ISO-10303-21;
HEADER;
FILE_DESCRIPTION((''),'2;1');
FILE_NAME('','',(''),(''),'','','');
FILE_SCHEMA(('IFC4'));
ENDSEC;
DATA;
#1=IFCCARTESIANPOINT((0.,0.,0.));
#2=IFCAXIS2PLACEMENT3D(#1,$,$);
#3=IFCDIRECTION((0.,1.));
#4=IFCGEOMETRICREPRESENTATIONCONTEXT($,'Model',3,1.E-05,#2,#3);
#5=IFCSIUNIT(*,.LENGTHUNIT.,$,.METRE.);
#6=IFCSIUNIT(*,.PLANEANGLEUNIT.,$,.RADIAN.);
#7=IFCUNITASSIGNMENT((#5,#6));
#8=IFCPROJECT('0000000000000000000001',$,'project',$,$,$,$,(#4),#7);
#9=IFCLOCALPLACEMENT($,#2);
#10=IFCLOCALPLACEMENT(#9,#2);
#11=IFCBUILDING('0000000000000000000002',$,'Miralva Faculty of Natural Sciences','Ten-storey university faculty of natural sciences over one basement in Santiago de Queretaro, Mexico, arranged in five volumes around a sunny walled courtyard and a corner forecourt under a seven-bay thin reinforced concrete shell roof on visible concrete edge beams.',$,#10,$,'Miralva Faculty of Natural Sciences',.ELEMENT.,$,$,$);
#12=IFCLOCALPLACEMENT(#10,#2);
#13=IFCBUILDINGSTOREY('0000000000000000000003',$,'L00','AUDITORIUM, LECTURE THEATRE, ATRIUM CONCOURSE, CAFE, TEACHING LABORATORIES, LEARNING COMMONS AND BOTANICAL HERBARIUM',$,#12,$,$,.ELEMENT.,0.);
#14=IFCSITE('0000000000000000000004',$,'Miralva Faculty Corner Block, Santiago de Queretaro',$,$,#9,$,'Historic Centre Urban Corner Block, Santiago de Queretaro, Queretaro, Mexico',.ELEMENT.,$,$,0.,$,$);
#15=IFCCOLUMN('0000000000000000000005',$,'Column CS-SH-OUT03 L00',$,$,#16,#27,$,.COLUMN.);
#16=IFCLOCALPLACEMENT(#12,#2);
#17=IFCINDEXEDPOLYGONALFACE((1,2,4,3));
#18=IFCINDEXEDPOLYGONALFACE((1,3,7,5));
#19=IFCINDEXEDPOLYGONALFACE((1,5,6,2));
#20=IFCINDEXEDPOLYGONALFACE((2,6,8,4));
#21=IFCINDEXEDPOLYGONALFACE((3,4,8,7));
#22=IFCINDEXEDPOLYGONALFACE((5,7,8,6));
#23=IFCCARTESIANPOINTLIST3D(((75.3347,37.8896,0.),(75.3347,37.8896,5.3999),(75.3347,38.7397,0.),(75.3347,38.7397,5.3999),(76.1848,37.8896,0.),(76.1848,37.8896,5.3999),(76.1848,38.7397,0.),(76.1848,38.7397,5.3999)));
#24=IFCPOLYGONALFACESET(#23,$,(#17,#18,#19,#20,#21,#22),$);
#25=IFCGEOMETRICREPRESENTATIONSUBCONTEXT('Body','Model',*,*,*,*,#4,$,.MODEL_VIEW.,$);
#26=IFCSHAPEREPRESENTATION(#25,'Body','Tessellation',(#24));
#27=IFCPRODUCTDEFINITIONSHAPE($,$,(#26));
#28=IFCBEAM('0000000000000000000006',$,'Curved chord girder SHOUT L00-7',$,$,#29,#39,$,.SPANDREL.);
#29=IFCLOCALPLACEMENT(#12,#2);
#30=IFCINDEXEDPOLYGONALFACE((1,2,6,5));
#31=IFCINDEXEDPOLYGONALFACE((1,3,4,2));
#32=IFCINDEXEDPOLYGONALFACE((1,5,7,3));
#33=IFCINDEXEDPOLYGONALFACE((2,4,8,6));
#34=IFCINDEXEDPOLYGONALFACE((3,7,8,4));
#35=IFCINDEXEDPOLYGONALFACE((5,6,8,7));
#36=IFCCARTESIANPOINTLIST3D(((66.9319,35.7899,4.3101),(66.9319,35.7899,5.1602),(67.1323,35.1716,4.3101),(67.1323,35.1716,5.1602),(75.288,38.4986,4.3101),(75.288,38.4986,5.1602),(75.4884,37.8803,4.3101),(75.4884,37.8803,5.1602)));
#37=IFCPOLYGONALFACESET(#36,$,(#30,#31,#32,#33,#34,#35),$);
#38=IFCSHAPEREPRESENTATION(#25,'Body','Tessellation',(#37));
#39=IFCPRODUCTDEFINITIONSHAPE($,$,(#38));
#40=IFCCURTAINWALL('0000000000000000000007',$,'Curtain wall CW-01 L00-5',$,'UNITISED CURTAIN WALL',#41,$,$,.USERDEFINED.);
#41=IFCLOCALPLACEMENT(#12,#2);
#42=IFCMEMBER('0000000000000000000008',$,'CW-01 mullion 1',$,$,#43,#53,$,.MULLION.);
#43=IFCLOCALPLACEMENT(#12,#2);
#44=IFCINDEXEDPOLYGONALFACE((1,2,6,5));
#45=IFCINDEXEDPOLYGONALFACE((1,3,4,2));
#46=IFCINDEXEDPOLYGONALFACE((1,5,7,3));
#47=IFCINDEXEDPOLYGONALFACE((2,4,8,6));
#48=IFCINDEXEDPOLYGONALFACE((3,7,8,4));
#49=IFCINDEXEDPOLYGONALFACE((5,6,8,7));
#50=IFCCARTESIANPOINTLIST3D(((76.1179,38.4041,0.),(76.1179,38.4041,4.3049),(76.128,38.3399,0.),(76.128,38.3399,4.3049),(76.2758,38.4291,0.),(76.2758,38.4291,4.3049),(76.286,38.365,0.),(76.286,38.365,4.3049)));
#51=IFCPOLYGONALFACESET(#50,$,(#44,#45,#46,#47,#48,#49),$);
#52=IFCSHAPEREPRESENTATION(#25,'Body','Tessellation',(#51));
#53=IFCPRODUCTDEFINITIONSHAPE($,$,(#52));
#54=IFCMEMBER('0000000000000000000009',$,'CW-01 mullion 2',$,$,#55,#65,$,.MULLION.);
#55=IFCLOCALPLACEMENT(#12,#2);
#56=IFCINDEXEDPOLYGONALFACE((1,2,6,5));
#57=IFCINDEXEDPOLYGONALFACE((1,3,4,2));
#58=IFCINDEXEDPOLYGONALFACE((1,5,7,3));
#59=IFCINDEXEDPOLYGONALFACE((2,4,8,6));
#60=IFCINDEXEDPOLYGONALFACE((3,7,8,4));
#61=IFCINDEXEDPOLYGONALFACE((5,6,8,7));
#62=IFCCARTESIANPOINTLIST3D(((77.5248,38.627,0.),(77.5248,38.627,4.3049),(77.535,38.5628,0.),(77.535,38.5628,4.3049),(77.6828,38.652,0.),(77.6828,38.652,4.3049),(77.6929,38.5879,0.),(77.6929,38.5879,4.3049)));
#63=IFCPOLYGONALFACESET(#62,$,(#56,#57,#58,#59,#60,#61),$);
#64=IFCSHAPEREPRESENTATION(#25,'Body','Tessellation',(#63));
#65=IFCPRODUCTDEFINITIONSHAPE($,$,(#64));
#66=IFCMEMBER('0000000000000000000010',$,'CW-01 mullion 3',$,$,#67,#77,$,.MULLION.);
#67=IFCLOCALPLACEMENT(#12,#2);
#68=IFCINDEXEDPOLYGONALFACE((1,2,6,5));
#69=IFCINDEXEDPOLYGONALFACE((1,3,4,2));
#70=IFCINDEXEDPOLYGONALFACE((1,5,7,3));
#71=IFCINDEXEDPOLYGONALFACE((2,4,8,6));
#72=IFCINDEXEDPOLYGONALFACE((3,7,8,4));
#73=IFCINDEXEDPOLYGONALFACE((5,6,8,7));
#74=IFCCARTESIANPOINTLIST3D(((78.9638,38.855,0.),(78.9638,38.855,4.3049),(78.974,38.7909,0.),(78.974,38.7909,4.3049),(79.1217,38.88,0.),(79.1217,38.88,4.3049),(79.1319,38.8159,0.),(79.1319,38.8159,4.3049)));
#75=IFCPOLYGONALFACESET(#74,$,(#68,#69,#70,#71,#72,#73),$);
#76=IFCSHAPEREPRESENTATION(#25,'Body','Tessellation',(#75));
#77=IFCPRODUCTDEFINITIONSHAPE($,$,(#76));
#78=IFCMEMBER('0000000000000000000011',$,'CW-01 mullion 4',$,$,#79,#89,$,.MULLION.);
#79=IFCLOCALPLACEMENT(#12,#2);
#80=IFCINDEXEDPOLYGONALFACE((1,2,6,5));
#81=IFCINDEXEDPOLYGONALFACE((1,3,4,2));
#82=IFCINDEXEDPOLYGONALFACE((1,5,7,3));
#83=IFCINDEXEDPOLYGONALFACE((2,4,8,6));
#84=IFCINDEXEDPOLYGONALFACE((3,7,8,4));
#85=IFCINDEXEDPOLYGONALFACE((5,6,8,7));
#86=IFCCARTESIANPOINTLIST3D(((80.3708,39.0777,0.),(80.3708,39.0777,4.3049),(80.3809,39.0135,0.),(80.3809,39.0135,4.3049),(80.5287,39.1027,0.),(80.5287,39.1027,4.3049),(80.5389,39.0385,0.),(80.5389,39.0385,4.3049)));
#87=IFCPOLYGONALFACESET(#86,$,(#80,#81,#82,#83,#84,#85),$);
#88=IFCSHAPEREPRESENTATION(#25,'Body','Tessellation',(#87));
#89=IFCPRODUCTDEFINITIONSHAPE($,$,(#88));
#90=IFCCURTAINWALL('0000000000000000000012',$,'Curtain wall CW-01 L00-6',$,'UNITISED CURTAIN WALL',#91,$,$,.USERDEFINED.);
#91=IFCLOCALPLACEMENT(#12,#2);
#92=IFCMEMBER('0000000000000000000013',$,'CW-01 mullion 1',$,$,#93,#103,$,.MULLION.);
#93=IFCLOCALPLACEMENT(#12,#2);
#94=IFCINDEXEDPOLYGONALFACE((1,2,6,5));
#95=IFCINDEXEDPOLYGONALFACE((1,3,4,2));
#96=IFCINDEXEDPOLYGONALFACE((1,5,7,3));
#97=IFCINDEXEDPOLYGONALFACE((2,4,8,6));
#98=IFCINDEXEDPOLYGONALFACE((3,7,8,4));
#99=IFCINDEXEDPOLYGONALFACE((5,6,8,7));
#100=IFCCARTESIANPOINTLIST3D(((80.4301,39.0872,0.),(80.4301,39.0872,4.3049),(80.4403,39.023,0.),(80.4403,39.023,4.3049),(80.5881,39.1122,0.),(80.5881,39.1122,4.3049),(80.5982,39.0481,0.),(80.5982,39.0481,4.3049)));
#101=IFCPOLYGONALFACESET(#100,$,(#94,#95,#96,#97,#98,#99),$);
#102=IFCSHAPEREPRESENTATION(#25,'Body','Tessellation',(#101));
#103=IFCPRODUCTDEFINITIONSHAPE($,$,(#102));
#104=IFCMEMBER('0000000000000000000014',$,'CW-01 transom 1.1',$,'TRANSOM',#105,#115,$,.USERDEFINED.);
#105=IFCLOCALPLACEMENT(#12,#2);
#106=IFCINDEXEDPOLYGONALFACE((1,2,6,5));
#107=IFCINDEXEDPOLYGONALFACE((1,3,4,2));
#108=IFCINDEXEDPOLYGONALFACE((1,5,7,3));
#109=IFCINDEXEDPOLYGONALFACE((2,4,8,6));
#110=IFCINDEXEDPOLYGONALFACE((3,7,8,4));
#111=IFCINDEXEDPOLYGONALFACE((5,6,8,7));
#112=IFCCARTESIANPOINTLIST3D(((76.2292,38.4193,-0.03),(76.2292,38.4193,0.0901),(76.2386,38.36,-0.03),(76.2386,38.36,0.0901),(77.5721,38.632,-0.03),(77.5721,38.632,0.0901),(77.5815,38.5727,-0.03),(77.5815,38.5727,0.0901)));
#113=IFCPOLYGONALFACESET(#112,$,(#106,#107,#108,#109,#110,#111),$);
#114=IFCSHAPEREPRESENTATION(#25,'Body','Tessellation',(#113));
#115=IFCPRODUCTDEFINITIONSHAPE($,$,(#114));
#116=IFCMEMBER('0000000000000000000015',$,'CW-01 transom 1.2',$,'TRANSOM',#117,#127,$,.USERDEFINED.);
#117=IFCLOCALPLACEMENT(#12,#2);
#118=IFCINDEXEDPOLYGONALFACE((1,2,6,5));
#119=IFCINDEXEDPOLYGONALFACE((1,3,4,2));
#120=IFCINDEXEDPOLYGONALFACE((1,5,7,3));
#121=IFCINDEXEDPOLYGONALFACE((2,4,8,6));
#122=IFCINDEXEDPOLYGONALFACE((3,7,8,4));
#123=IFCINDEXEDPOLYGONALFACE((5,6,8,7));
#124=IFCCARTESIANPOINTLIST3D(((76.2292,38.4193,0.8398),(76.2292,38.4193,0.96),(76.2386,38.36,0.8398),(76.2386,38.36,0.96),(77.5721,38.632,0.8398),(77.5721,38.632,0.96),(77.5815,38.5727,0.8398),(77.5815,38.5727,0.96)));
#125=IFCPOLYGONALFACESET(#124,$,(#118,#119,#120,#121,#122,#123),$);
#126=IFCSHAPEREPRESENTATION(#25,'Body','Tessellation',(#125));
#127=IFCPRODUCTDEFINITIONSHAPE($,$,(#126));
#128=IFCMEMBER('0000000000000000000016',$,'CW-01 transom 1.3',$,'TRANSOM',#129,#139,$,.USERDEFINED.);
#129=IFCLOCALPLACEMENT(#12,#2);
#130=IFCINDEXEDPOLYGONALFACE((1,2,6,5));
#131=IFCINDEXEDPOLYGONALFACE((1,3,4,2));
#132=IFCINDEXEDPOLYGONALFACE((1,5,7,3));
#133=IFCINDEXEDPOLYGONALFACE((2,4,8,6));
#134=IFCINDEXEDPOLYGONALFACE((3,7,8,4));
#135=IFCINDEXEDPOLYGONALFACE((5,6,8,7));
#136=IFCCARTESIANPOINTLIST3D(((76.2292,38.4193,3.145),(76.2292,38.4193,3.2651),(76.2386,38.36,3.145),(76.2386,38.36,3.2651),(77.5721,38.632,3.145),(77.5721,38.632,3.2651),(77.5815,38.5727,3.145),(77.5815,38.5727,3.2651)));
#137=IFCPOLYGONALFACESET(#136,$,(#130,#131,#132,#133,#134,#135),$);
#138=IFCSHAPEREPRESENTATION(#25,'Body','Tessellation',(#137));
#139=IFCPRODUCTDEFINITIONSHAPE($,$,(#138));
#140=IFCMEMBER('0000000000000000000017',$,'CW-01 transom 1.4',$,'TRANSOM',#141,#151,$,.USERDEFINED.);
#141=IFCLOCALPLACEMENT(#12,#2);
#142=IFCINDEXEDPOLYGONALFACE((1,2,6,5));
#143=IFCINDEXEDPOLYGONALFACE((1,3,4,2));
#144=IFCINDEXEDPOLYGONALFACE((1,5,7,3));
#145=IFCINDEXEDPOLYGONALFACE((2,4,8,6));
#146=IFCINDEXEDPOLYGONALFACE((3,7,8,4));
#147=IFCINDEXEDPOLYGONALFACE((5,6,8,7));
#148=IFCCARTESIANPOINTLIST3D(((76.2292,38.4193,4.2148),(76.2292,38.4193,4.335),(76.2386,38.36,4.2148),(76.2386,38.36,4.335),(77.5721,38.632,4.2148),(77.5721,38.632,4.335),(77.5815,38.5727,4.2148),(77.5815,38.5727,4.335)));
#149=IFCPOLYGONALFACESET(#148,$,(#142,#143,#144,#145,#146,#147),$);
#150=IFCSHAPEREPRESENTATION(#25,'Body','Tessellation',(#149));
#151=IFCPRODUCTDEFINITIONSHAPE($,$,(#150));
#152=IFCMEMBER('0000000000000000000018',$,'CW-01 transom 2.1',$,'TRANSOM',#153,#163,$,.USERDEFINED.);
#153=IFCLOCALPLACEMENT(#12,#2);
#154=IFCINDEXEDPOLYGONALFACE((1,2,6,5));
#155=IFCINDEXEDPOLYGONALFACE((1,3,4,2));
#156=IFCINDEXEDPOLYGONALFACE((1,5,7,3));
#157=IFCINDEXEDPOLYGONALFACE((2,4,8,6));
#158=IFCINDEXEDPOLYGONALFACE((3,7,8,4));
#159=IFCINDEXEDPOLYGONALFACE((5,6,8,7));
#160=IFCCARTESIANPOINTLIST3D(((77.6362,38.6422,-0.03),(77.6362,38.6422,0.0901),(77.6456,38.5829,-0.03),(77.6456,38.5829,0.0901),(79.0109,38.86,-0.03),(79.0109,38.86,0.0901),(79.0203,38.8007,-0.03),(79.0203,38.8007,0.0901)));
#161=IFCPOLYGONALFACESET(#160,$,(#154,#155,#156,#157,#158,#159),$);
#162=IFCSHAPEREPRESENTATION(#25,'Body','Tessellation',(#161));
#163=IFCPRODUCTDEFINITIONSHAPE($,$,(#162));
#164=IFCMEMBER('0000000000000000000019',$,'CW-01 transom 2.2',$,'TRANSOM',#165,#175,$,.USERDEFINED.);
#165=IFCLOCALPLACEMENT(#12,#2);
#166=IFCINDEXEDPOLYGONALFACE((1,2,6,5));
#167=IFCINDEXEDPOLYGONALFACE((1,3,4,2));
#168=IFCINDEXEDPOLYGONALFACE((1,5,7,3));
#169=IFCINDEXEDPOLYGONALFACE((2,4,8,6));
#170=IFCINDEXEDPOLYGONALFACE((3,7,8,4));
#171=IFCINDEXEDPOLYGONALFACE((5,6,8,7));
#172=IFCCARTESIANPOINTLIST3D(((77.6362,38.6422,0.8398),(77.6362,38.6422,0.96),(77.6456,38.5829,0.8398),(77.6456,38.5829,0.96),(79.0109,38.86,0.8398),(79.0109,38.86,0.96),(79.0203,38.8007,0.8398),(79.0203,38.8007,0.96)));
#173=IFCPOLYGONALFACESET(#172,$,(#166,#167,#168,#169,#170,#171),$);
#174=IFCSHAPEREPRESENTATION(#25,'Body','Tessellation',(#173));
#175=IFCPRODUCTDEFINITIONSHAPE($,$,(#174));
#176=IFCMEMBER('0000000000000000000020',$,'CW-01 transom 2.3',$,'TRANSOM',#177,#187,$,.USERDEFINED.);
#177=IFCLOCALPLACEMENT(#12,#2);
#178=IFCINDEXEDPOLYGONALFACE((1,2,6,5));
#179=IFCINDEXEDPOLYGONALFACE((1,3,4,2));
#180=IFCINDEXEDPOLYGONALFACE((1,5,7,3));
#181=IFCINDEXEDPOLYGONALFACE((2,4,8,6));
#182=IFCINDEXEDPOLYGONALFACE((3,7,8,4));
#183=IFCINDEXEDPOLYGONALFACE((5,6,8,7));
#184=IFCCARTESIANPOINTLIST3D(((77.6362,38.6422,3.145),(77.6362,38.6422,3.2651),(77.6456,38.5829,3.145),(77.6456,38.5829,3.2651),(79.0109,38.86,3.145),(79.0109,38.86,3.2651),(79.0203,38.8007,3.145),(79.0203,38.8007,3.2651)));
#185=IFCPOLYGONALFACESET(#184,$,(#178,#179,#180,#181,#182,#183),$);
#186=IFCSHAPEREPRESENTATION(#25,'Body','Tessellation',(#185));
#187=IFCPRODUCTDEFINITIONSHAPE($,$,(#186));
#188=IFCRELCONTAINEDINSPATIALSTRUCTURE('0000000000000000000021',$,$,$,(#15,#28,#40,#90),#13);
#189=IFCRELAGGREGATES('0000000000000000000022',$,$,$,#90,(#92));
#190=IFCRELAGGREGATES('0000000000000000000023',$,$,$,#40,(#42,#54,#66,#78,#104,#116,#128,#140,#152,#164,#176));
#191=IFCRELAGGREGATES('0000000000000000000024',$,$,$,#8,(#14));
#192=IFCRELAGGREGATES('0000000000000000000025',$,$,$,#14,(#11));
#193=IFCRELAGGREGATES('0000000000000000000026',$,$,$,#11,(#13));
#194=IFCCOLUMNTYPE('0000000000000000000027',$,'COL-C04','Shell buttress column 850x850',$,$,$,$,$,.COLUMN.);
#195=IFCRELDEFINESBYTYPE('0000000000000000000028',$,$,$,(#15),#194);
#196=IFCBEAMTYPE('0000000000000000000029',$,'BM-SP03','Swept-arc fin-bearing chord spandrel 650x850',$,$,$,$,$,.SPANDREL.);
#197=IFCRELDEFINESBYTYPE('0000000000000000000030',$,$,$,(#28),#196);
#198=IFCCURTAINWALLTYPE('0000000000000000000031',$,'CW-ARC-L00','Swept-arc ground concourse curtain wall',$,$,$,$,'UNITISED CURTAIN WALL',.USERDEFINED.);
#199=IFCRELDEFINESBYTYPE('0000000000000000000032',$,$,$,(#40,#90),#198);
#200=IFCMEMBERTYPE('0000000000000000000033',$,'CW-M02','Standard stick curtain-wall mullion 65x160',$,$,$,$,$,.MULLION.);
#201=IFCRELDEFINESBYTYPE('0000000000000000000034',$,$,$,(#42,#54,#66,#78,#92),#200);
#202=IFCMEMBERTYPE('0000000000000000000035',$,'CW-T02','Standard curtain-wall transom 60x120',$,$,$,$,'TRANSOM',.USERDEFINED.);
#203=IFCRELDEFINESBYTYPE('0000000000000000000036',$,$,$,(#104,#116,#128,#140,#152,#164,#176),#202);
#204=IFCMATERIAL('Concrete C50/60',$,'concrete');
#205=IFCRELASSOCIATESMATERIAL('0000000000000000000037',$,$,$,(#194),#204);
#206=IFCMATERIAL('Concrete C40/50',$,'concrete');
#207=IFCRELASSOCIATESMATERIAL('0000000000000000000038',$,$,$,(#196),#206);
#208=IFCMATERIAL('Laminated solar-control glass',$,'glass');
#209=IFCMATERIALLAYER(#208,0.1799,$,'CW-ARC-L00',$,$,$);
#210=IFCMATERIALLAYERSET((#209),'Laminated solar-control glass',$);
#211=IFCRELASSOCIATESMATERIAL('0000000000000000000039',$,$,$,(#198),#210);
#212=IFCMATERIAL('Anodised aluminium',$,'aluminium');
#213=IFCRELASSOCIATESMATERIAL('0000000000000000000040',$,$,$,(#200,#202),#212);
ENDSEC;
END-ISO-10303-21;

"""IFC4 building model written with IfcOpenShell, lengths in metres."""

from ifc_helpers import new_model, si_unit, direction, frame, origin, origin_2d, place, context, subcontext, project, spatial, rectangle, extrude, material, layer, layer_set, material_profile, profile_set, type_object, element, aggregate, save


model = new_model("IFC4")

# Units and contexts
model_context = context("Model", 3, precision=1e-05, world=origin(), true_north=direction((0.0, 1.0)))
body_context = subcontext(model_context, "Body", "Model", "MODEL_VIEW")
ifc_project = project(units=[si_unit("LENGTHUNIT", "METRE"), si_unit("PLANEANGLEUNIT", "RADIAN")], contexts=[model_context])

# Site, building, storey
site_placement = place(None, origin())
site = spatial("IfcSite", under=ifc_project, at=site_placement, Name="Miralva Faculty Corner Block, Santiago de Queretaro", LongName="Historic Centre Urban Corner Block, Santiago de Queretaro, Queretaro, Mexico", CompositionType="ELEMENT", RefElevation=0.0)
building_placement = place(site_placement, origin())
building = spatial("IfcBuilding", under=site, at=building_placement, Name="Miralva Faculty of Natural Sciences", Description="Ten-storey university faculty of natural sciences over one basement in Santiago de Queretaro, Mexico, arranged in five volumes around a sunny walled courtyard and a corner forecourt under a seven-bay thin reinforced concrete shell roof on visible concrete edge beams.", LongName="Miralva Faculty of Natural Sciences", CompositionType="ELEMENT")
storey_placement = place(building_placement, origin())
storey = spatial("IfcBuildingStorey", under=building, at=storey_placement, Name="L00", Description="AUDITORIUM, LECTURE THEATRE, ATRIUM CONCOURSE, CAFE, TEACHING LABORATORIES, LEARNING COMMONS AND BOTANICAL HERBARIUM", CompositionType="ELEMENT", Elevation=0.0)

# Column
ifc_material_1 = material(Name="Concrete C50/60", Category="concrete")
ifc_material_profile_1 = material_profile(ifc_material_1, rectangle(XDim=0.8501, YDim=0.8501, at=origin_2d()), Name="RC 850x850")
ifc_profile_set_1 = profile_set([ifc_material_profile_1], Name="Concrete C50/60")
column_type = type_object("IfcColumnType", Name="COL-C04", Description="Shell buttress column 850x850", PredefinedType="COLUMN", material=ifc_profile_set_1)
column_placement = place(storey_placement, frame((75.7598, 38.3147, 0.0), z_axis=(0.0, 0.0, 1.0), x_axis=(1.0, 0.0, 0.0)))
element("IfcColumn", 1, at=column_placement, inside=storey, type_object=column_type, Name="Column CS-SH-OUT03 L00", PredefinedType="COLUMN", context=body_context, shape_type="SweptSolid", body=[
    extrude(rectangle(XDim=0.8501, YDim=0.8501, at=origin_2d()), origin(), (0.0, 0.0, 1.0), 5.3999),
])

# Beam
ifc_material_2 = material(Name="Concrete C40/50", Category="concrete")
ifc_material_profile_2 = material_profile(ifc_material_2, rectangle(XDim=0.6499, YDim=0.8501, at=origin_2d()), Name="RC 650x850")
ifc_profile_set_2 = profile_set([ifc_material_profile_2], Name="Concrete C40/50")
beam_type = type_object("IfcBeamType", Name="BM-SP03", Description="Swept-arc fin-bearing chord spandrel 650x850", PredefinedType="SPANDREL", material=ifc_profile_set_2)
beam_placement = place(storey_placement, frame((75.3882, 38.1895, 4.7351), z_axis=(-0.951269, -0.308363, 0.0), x_axis=(0.308363, -0.951269, 0.0)))
element("IfcBeam", 2, at=beam_placement, inside=storey, type_object=beam_type, Name="Curved chord girder SHOUT L00-7", PredefinedType="SPANDREL", context=body_context, shape_type="SweptSolid", body=[
    extrude(rectangle(XDim=0.6499, YDim=0.8501, at=origin_2d()), origin(), (0.0, 0.0, 1.0), 8.7842),
])

# Curtain wall, members
ifc_material_3 = material(Name="Laminated solar-control glass", Category="glass")
ifc_layer_1 = layer(ifc_material_3, 0.1799, Name="CW-ARC-L00")
ifc_layer_set_1 = layer_set([ifc_layer_1], Name="Laminated solar-control glass")
curtain_wall_type = type_object("IfcCurtainWallType", Name="CW-ARC-L00", Description="Swept-arc ground concourse curtain wall", ElementType="UNITISED CURTAIN WALL", PredefinedType="USERDEFINED", material=ifc_layer_set_1)
curtain_wall_1_placement = place(storey_placement, origin())
curtain_wall_1 = element("IfcCurtainWall", 3, at=curtain_wall_1_placement, inside=storey, type_object=curtain_wall_type, Name="Curtain wall CW-01 L00-5", ObjectType="UNITISED CURTAIN WALL", PredefinedType="USERDEFINED")
ifc_material_4 = material(Name="Anodised aluminium", Category="aluminium")
ifc_material_profile_3 = material_profile(ifc_material_4, rectangle(XDim=0.0649, YDim=0.1599, at=origin_2d()), Name="MULLION 65x160")
ifc_profile_set_3 = profile_set([ifc_material_profile_3], Name="Anodised aluminium")
member_type_1 = type_object("IfcMemberType", Name="CW-M02", Description="Standard stick curtain-wall mullion 65x160", PredefinedType="MULLION", material=ifc_profile_set_3)
member_1_placement = place(storey_placement, frame((76.2019, 38.3845, 0.0), z_axis=(0.0, 0.0, 1.0), x_axis=(-0.15644, 0.987688, 0.0)))
member_1 = element("IfcMember", 4, at=member_1_placement, type_object=member_type_1, Name="CW-01 mullion 1", PredefinedType="MULLION", context=body_context, shape_type="SweptSolid", body=[
    extrude(rectangle(XDim=0.0649, YDim=0.1599, at=origin_2d()), origin(), (0.0, 0.0, 1.0), 4.3049),
])
member_2_placement = place(storey_placement, frame((77.6089, 38.6074, 0.0), z_axis=(0.0, 0.0, 1.0), x_axis=(-0.15644, 0.987688, 0.0)))
member_2 = element("IfcMember", 5, at=member_2_placement, type_object=member_type_1, Name="CW-01 mullion 2", PredefinedType="MULLION", context=body_context, shape_type="SweptSolid", body=[
    extrude(rectangle(XDim=0.0649, YDim=0.1599, at=origin_2d()), origin(), (0.0, 0.0, 1.0), 4.3049),
])
member_3_placement = place(storey_placement, frame((79.0479, 38.8354, 0.0), z_axis=(0.0, 0.0, 1.0), x_axis=(-0.15644, 0.987688, 0.0)))
member_3 = element("IfcMember", 6, at=member_3_placement, type_object=member_type_1, Name="CW-01 mullion 3", PredefinedType="MULLION", context=body_context, shape_type="SweptSolid", body=[
    extrude(rectangle(XDim=0.0649, YDim=0.1599, at=origin_2d()), origin(), (0.0, 0.0, 1.0), 4.3049),
])
member_4_placement = place(storey_placement, frame((80.4548, 39.0581, 0.0), z_axis=(0.0, 0.0, 1.0), x_axis=(-0.15644, 0.987688, 0.0)))
member_4 = element("IfcMember", 7, at=member_4_placement, type_object=member_type_1, Name="CW-01 mullion 4", PredefinedType="MULLION", context=body_context, shape_type="SweptSolid", body=[
    extrude(rectangle(XDim=0.0649, YDim=0.1599, at=origin_2d()), origin(), (0.0, 0.0, 1.0), 4.3049),
])

# Curtain wall, member
curtain_wall_2_placement = place(storey_placement, origin())
curtain_wall_2 = element("IfcCurtainWall", 8, at=curtain_wall_2_placement, inside=storey, type_object=curtain_wall_type, Name="Curtain wall CW-01 L00-6", ObjectType="UNITISED CURTAIN WALL", PredefinedType="USERDEFINED")
member_5_placement = place(storey_placement, frame((80.5142, 39.0676, 0.0), z_axis=(0.0, 0.0, 1.0), x_axis=(-0.156423, 0.98769, 0.0)))
member_5 = element("IfcMember", 9, at=member_5_placement, type_object=member_type_1, Name="CW-01 mullion 1", PredefinedType="MULLION", context=body_context, shape_type="SweptSolid", body=[
    extrude(rectangle(XDim=0.0649, YDim=0.1599, at=origin_2d()), origin(), (0.0, 0.0, 1.0), 4.3049),
])

# Members
ifc_material_profile_4 = material_profile(ifc_material_4, rectangle(XDim=0.0601, YDim=0.1201, at=origin_2d()), Name="TRANSOM 60x120")
ifc_profile_set_4 = profile_set([ifc_material_profile_4], Name="Anodised aluminium")
member_type_2 = type_object("IfcMemberType", Name="CW-T02", Description="Standard curtain-wall transom 60x120", ElementType="TRANSOM", PredefinedType="USERDEFINED", material=ifc_profile_set_4)
member_6_placement = place(storey_placement, frame((76.2339, 38.3896, 0.03), z_axis=(0.987692, 0.156414, 0.0), x_axis=(-0.156414, 0.987692, 0.0)))
member_6 = element("IfcMember", 10, at=member_6_placement, type_object=member_type_2, Name="CW-01 transom 1.1", ObjectType="TRANSOM", PredefinedType="USERDEFINED", context=body_context, shape_type="SweptSolid", body=[
    extrude(rectangle(XDim=0.0601, YDim=0.1201, at=origin_2d()), origin(), (0.0, 0.0, 1.0), 1.3596),
])
member_7_placement = place(storey_placement, frame((76.2339, 38.3896, 0.8999), z_axis=(0.987692, 0.156414, 0.0), x_axis=(-0.156414, 0.987692, 0.0)))
member_7 = element("IfcMember", 11, at=member_7_placement, type_object=member_type_2, Name="CW-01 transom 1.2", ObjectType="TRANSOM", PredefinedType="USERDEFINED", context=body_context, shape_type="SweptSolid", body=[
    extrude(rectangle(XDim=0.0601, YDim=0.1201, at=origin_2d()), origin(), (0.0, 0.0, 1.0), 1.3596),
])
member_8_placement = place(storey_placement, frame((76.2339, 38.3896, 3.2051), z_axis=(0.987692, 0.156414, 0.0), x_axis=(-0.156414, 0.987692, 0.0)))
member_8 = element("IfcMember", 12, at=member_8_placement, type_object=member_type_2, Name="CW-01 transom 1.3", ObjectType="TRANSOM", PredefinedType="USERDEFINED", context=body_context, shape_type="SweptSolid", body=[
    extrude(rectangle(XDim=0.0601, YDim=0.1201, at=origin_2d()), origin(), (0.0, 0.0, 1.0), 1.3596),
])
member_9_placement = place(storey_placement, frame((76.2339, 38.3896, 4.2749), z_axis=(0.987692, 0.156414, 0.0), x_axis=(-0.156414, 0.987692, 0.0)))
member_9 = element("IfcMember", 13, at=member_9_placement, type_object=member_type_2, Name="CW-01 transom 1.4", ObjectType="TRANSOM", PredefinedType="USERDEFINED", context=body_context, shape_type="SweptSolid", body=[
    extrude(rectangle(XDim=0.0601, YDim=0.1201, at=origin_2d()), origin(), (0.0, 0.0, 1.0), 1.3596),
])
member_10_placement = place(storey_placement, frame((77.6409, 38.6125, 0.03), z_axis=(0.987685, 0.156458, 0.0), x_axis=(-0.156458, 0.987685, 0.0)))
member_10 = element("IfcMember", 14, at=member_10_placement, type_object=member_type_2, Name="CW-01 transom 2.1", ObjectType="TRANSOM", PredefinedType="USERDEFINED", context=body_context, shape_type="SweptSolid", body=[
    extrude(rectangle(XDim=0.0601, YDim=0.1201, at=origin_2d()), origin(), (0.0, 0.0, 1.0), 1.3918),
])
member_11_placement = place(storey_placement, frame((77.6409, 38.6125, 0.8999), z_axis=(0.987685, 0.156458, 0.0), x_axis=(-0.156458, 0.987685, 0.0)))
member_11 = element("IfcMember", 15, at=member_11_placement, type_object=member_type_2, Name="CW-01 transom 2.2", ObjectType="TRANSOM", PredefinedType="USERDEFINED", context=body_context, shape_type="SweptSolid", body=[
    extrude(rectangle(XDim=0.0601, YDim=0.1201, at=origin_2d()), origin(), (0.0, 0.0, 1.0), 1.3918),
])
member_12_placement = place(storey_placement, frame((77.6409, 38.6125, 3.2051), z_axis=(0.987685, 0.156458, 0.0), x_axis=(-0.156458, 0.987685, 0.0)))
member_12 = element("IfcMember", 16, at=member_12_placement, type_object=member_type_2, Name="CW-01 transom 2.3", ObjectType="TRANSOM", PredefinedType="USERDEFINED", context=body_context, shape_type="SweptSolid", body=[
    extrude(rectangle(XDim=0.0601, YDim=0.1201, at=origin_2d()), origin(), (0.0, 0.0, 1.0), 1.3918),
])
aggregate(curtain_wall_2, [member_5])

aggregate(curtain_wall_1, [member_1, member_2, member_3, member_4, member_6, member_7, member_8, member_9, member_10, member_11, member_12])

save(model, "model.ifc")
